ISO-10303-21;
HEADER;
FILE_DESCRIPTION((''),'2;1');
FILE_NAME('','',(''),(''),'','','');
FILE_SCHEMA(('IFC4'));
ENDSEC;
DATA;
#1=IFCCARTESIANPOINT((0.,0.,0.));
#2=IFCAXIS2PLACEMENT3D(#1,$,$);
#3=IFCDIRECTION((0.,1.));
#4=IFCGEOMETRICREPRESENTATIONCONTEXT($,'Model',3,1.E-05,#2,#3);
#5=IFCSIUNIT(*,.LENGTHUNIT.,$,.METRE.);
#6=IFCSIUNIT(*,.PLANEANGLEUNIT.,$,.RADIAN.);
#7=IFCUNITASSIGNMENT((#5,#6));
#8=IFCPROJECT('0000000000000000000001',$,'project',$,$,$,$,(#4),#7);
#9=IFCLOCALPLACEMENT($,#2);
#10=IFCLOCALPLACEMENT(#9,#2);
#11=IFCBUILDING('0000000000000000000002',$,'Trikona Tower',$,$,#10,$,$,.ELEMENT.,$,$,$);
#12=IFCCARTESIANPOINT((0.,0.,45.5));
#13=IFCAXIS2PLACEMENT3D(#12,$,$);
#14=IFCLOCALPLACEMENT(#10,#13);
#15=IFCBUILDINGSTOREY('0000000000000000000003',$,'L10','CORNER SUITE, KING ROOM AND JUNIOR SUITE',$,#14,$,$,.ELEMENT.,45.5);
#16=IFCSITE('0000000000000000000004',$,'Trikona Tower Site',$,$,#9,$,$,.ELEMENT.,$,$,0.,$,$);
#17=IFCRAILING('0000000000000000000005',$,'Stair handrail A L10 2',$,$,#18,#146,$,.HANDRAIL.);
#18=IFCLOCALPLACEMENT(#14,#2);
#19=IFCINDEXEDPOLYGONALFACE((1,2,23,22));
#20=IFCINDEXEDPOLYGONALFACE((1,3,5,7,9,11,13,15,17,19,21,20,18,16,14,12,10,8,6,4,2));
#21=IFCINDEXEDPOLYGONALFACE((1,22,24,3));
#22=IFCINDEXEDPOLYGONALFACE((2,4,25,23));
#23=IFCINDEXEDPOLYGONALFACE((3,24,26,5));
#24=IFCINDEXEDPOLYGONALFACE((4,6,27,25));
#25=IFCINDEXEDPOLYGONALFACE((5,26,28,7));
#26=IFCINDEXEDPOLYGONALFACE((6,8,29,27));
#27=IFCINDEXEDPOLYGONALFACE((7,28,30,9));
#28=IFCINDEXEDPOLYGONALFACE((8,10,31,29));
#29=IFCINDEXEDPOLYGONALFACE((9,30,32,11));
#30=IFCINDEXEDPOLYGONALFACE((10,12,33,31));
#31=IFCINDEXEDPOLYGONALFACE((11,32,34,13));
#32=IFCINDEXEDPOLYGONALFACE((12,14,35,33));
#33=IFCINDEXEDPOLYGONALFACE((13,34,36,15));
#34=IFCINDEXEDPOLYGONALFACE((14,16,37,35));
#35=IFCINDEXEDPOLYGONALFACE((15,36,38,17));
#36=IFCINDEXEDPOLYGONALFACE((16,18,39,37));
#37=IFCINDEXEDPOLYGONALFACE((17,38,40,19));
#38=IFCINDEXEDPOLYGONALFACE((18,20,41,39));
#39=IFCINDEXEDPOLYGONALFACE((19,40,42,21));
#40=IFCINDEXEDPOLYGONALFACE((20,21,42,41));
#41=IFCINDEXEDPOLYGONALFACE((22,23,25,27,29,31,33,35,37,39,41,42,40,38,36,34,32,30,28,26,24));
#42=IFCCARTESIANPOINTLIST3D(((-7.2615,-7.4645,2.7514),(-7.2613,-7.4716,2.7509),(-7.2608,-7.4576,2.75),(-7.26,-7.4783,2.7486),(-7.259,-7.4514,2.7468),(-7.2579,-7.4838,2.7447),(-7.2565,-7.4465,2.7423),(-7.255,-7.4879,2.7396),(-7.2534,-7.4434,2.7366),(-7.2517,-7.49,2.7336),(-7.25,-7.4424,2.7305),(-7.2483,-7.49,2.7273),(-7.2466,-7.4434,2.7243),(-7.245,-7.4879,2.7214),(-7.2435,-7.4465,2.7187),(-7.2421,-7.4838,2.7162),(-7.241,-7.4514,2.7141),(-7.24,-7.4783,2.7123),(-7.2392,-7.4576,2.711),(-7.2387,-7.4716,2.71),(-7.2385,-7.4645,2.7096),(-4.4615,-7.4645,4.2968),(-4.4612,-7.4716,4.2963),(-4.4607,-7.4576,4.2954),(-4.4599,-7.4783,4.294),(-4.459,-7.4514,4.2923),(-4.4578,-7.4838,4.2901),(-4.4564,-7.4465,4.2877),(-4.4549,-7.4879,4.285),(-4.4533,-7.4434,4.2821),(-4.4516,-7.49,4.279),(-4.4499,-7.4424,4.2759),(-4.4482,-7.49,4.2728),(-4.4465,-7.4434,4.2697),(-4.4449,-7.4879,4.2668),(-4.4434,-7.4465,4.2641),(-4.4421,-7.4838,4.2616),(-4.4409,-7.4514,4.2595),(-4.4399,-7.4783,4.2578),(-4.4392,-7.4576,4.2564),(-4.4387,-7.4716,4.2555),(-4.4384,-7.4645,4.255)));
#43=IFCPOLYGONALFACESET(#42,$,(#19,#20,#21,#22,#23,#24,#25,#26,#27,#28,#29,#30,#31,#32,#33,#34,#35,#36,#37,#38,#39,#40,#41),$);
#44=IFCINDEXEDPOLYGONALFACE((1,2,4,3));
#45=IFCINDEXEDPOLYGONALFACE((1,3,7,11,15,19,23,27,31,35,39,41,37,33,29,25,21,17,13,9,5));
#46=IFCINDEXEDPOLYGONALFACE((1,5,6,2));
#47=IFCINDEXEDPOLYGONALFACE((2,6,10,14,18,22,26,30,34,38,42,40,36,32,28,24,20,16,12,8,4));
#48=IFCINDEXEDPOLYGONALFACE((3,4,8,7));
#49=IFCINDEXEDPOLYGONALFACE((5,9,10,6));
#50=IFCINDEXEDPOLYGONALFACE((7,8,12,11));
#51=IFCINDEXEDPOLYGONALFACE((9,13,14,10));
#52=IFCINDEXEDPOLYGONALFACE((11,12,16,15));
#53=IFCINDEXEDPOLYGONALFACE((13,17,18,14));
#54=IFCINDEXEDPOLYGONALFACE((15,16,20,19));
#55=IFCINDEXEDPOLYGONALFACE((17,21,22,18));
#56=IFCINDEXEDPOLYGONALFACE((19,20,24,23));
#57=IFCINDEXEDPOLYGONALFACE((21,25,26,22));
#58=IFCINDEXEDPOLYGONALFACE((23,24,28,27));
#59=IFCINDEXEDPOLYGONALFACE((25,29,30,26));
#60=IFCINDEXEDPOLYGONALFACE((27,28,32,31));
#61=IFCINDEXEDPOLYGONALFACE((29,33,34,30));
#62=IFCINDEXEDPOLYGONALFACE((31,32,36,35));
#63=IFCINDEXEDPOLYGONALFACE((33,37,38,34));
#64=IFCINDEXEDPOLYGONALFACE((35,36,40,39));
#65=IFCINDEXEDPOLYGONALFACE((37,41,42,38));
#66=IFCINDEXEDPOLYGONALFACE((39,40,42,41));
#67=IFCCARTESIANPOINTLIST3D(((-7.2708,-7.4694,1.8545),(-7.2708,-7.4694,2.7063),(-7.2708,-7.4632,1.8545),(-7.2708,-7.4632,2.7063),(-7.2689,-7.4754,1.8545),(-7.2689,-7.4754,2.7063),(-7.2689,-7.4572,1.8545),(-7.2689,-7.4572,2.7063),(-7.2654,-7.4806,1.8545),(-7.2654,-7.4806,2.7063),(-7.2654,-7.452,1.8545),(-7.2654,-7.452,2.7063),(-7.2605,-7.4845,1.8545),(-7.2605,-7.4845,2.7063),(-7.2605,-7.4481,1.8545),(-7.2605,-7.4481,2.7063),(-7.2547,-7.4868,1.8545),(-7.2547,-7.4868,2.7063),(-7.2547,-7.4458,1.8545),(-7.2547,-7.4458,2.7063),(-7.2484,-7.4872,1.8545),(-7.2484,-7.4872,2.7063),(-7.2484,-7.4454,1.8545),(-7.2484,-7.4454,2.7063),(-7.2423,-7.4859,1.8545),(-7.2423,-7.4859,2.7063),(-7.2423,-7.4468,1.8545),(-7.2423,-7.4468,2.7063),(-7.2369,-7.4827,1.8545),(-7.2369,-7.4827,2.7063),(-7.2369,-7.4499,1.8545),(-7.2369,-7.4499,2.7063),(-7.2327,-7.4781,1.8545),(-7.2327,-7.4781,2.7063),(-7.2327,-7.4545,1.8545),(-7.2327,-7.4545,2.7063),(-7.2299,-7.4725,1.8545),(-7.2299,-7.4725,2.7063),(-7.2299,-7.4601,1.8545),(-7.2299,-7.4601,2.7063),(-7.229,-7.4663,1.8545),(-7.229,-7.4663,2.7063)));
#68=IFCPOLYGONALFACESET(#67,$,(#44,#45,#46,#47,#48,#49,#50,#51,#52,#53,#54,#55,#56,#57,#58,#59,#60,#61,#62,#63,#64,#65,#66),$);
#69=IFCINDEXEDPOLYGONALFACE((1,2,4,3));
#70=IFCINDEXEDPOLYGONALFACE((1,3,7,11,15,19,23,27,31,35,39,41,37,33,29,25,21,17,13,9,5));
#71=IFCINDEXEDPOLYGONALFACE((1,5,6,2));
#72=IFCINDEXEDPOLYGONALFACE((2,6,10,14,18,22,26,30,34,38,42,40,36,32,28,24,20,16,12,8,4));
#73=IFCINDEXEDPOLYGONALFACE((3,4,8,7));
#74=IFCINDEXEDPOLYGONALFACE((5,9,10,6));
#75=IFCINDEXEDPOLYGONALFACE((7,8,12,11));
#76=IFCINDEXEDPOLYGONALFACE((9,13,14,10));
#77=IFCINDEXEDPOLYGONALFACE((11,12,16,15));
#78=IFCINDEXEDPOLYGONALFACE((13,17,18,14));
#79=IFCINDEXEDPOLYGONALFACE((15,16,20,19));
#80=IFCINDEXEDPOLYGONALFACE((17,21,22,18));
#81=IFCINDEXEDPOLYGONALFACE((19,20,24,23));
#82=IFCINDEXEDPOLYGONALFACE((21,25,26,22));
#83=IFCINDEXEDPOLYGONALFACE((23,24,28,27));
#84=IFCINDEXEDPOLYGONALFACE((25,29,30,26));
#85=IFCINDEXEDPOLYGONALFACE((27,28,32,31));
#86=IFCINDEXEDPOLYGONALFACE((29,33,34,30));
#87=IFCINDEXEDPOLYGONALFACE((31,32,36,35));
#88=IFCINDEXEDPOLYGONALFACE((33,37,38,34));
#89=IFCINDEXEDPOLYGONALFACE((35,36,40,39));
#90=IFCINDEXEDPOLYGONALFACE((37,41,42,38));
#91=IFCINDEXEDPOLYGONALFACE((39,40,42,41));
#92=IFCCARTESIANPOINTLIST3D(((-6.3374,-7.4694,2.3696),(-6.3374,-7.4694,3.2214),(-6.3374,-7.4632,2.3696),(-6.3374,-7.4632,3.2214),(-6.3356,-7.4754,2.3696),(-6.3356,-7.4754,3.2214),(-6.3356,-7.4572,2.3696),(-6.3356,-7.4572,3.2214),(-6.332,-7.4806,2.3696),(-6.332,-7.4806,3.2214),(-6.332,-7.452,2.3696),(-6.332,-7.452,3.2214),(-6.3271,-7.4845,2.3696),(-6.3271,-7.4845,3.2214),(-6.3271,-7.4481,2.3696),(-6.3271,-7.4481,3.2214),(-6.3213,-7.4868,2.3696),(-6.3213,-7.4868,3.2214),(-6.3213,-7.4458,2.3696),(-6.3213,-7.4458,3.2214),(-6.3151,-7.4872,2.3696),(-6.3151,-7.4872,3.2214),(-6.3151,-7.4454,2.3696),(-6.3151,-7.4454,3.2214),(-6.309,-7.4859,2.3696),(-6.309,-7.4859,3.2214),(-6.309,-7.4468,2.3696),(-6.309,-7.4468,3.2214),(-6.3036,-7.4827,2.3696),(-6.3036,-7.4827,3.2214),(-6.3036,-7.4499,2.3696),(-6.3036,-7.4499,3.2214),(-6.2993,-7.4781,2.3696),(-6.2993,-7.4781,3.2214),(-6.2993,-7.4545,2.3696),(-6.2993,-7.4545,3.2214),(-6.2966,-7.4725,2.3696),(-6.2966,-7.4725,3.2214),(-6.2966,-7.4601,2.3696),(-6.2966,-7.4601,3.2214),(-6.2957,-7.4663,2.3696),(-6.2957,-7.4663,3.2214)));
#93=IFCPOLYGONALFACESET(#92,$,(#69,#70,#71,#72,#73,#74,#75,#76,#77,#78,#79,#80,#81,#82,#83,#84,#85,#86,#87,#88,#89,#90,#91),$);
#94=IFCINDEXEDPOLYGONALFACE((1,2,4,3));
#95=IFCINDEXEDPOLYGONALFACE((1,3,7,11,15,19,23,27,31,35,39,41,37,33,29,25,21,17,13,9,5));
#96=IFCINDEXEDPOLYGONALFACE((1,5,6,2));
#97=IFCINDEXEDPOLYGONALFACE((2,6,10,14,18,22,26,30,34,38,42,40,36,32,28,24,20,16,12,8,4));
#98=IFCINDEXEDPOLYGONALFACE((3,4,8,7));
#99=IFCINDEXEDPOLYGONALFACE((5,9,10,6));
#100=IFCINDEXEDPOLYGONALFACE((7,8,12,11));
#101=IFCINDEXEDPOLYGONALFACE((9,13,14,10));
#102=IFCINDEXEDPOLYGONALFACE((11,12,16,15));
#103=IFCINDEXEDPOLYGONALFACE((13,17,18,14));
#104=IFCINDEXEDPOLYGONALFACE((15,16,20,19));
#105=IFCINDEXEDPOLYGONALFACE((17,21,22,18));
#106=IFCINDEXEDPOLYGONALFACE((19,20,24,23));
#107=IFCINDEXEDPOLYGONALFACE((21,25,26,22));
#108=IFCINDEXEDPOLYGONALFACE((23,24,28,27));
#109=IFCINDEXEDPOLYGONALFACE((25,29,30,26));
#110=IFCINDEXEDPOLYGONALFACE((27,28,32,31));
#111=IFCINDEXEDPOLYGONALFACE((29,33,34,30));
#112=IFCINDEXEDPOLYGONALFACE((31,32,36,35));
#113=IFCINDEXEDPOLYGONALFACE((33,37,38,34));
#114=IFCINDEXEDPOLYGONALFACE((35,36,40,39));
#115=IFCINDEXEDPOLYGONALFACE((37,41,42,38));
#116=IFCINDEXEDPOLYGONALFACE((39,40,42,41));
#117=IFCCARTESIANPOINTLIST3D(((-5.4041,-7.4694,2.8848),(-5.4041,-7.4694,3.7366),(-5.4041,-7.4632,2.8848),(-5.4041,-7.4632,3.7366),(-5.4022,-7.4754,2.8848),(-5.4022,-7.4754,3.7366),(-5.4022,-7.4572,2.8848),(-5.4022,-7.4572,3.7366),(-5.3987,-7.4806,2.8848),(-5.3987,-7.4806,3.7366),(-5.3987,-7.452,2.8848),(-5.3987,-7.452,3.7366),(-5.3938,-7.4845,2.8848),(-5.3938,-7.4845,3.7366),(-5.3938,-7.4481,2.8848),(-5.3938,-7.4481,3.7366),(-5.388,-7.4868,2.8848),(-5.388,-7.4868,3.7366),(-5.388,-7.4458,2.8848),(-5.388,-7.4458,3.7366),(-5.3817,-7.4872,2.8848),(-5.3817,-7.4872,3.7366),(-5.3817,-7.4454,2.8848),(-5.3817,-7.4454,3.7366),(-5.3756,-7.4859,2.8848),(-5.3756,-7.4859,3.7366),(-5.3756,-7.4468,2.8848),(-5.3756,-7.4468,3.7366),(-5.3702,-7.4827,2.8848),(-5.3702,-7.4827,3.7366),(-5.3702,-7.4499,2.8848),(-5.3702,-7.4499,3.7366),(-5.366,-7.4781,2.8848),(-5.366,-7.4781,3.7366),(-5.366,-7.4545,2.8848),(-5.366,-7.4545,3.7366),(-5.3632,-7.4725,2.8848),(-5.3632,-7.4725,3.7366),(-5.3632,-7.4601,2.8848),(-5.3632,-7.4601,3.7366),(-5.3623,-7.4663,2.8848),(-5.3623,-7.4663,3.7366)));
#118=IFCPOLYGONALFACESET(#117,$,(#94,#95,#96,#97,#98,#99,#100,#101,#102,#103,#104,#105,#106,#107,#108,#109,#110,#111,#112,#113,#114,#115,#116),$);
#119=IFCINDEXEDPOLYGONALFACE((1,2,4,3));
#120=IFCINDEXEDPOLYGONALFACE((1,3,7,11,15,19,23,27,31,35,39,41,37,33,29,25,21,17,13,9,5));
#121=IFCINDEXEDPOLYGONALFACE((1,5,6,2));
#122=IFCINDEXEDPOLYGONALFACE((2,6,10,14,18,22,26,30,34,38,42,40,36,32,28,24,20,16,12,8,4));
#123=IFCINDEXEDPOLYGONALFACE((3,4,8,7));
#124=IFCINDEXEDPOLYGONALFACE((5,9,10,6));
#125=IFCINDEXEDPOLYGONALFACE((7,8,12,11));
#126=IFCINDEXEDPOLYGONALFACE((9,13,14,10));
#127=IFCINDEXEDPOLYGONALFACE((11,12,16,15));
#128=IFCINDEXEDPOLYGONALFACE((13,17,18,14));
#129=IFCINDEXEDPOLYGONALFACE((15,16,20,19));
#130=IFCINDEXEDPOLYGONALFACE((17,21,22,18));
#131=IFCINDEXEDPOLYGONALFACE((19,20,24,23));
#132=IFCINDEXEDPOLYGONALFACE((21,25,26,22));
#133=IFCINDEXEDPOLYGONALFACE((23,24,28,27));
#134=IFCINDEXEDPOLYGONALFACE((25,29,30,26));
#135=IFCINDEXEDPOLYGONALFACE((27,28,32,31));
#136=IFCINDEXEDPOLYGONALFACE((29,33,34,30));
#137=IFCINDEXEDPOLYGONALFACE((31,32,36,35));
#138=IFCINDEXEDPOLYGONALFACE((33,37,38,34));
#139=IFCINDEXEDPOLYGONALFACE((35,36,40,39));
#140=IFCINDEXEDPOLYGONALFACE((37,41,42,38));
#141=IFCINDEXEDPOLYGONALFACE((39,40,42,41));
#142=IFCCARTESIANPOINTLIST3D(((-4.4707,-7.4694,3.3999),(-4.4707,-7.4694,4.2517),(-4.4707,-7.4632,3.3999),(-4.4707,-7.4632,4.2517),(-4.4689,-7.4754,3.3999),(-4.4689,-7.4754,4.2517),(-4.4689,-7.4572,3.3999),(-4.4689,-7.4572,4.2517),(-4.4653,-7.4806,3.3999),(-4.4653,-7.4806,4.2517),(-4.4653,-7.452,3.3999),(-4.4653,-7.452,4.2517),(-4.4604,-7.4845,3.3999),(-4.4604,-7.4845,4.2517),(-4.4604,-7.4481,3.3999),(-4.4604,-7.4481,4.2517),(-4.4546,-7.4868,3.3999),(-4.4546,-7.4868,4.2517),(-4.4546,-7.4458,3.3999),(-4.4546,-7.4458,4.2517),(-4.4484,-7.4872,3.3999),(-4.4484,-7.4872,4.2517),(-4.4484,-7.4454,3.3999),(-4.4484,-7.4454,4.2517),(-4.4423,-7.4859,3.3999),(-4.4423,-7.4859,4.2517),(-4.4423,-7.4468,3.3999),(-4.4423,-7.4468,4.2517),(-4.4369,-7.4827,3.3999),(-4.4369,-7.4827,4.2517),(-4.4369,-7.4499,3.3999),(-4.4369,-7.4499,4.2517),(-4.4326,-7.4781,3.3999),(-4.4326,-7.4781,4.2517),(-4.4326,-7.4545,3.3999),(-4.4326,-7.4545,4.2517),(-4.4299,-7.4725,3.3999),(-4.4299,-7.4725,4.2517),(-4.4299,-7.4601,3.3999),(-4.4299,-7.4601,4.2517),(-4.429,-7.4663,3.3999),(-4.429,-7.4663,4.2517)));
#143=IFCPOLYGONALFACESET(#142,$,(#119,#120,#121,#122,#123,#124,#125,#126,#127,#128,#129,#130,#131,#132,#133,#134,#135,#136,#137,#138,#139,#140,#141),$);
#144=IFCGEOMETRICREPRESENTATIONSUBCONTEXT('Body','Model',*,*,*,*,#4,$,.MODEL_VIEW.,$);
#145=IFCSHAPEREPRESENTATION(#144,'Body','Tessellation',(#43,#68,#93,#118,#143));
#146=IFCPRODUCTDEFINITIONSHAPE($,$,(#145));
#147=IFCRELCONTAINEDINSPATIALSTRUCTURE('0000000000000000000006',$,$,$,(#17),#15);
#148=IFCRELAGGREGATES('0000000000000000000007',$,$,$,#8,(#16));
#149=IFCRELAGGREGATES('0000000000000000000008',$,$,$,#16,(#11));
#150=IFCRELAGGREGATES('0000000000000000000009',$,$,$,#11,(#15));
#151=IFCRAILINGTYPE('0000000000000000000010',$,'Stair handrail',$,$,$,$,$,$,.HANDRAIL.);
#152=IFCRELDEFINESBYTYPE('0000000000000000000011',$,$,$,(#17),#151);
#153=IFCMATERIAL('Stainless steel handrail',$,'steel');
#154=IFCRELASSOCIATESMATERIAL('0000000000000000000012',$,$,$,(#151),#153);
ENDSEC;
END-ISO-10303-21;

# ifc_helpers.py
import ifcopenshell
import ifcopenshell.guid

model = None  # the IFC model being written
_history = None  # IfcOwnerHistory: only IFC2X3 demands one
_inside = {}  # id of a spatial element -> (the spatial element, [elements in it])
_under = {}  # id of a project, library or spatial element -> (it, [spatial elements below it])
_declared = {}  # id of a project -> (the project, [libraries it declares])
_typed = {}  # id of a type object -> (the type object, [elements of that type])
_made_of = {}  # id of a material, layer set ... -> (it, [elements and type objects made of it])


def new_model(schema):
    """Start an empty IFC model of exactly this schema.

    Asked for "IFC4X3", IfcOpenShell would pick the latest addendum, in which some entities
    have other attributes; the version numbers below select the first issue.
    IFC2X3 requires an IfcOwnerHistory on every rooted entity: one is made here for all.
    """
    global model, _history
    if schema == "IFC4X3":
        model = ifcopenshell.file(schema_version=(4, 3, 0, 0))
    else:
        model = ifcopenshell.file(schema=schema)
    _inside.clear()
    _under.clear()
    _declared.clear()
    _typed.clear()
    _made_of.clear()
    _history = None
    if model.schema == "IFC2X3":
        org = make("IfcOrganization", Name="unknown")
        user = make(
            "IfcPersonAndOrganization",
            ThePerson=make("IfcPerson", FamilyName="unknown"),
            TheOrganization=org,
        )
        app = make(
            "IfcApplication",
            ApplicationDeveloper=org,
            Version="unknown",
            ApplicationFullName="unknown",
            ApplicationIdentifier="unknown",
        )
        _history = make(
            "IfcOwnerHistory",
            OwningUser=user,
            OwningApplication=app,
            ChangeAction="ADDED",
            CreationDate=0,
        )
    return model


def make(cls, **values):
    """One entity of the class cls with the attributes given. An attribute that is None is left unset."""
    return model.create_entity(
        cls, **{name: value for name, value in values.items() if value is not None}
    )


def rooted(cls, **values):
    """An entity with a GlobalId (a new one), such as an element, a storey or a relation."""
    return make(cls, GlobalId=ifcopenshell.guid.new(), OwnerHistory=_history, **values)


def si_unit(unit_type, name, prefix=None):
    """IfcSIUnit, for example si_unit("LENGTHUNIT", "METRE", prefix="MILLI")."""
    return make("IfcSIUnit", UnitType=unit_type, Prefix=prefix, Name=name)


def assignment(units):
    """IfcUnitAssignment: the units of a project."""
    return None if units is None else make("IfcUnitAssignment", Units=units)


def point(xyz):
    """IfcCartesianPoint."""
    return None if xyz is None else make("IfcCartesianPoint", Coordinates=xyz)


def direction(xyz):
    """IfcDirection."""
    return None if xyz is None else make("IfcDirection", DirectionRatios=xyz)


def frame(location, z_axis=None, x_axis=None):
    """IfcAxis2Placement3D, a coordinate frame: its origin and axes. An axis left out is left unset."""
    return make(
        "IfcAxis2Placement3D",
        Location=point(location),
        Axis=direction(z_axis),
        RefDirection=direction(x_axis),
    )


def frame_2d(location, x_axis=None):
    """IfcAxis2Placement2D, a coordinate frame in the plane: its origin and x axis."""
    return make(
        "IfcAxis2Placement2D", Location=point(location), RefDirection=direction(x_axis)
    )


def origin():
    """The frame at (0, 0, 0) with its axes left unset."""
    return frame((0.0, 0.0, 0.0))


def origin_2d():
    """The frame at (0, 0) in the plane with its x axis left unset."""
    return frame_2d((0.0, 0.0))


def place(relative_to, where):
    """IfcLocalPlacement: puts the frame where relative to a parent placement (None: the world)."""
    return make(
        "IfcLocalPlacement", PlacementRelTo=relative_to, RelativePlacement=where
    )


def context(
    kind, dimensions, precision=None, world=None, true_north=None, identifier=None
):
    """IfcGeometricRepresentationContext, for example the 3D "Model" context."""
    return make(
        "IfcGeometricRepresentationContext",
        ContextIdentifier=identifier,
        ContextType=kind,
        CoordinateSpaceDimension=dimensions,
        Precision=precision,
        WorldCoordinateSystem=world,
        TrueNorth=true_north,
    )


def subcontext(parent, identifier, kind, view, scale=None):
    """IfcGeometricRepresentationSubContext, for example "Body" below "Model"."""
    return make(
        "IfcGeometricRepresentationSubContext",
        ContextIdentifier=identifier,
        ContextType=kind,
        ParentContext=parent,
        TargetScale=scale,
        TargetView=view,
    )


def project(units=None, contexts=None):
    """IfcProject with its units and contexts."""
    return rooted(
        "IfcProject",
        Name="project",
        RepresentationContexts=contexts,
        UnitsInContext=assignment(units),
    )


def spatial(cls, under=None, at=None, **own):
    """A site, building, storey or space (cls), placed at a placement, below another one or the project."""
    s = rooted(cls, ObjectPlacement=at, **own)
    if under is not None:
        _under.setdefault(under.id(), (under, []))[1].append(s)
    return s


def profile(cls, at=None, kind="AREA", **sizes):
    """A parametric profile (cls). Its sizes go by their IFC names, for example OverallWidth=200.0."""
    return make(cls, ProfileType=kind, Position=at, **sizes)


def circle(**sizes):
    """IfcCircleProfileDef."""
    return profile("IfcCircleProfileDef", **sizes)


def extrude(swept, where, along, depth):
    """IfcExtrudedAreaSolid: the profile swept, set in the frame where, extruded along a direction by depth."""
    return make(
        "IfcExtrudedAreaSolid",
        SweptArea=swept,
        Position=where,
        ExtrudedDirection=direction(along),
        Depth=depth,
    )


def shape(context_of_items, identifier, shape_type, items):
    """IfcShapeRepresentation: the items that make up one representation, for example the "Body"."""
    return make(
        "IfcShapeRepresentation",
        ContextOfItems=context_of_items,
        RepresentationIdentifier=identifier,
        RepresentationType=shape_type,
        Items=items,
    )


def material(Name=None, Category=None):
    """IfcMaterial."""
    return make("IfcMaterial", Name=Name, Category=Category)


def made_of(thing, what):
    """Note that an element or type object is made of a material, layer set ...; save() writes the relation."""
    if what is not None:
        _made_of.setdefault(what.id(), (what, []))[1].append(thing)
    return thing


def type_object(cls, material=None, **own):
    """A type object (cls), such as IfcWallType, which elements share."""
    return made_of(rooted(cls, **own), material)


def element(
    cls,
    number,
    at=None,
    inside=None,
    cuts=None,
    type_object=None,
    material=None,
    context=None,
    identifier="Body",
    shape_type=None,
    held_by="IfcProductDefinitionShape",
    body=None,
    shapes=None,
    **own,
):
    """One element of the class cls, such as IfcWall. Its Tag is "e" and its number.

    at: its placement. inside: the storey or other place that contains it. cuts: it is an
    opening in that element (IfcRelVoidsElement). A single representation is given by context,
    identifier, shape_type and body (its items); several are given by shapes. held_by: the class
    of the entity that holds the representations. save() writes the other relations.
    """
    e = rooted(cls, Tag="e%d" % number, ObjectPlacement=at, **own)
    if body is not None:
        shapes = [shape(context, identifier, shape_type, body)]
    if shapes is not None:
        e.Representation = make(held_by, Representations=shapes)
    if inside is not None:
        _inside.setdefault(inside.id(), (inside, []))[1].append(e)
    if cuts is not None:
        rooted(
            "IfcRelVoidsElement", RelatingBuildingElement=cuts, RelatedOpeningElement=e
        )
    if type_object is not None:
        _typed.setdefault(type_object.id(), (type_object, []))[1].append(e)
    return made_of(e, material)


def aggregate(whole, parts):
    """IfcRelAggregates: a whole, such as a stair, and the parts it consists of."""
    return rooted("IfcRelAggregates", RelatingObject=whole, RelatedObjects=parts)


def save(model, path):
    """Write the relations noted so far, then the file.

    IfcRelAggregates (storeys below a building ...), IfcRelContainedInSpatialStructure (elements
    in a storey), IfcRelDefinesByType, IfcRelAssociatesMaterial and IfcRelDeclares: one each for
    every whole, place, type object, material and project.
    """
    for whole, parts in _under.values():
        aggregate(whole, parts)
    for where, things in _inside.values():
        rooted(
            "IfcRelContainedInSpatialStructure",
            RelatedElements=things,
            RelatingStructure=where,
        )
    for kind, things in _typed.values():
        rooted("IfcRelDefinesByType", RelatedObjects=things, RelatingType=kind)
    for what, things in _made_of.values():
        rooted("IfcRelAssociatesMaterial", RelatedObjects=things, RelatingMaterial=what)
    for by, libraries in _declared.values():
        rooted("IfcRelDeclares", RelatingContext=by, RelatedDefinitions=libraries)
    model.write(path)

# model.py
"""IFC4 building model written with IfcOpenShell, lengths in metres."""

from ifc_helpers import new_model, si_unit, direction, frame, origin, origin_2d, place, context, subcontext, project, spatial, circle, extrude, material, type_object, element, save


model = new_model("IFC4")

# Units and contexts
model_context = context("Model", 3, precision=1e-05, world=origin(), true_north=direction((0.0, 1.0)))
body_context = subcontext(model_context, "Body", "Model", "MODEL_VIEW")
ifc_project = project(units=[si_unit("LENGTHUNIT", "METRE"), si_unit("PLANEANGLEUNIT", "RADIAN")], contexts=[model_context])

# Site, building, storey
site_placement = place(None, origin())
site = spatial("IfcSite", under=ifc_project, at=site_placement, Name="Trikona Tower Site", CompositionType="ELEMENT", RefElevation=0.0)
building_placement = place(site_placement, origin())
building = spatial("IfcBuilding", under=site, at=building_placement, Name="Trikona Tower", CompositionType="ELEMENT")
storey_placement = place(building_placement, frame((0.0, 0.0, 45.5)))
storey = spatial("IfcBuildingStorey", under=building, at=storey_placement, Name="L10", Description="CORNER SUITE, KING ROOM AND JUNIOR SUITE", CompositionType="ELEMENT", Elevation=45.5)

# Railing
ifc_material_1 = material(Name="Stainless steel handrail", Category="steel")
railing_type = type_object("IfcRailingType", Name="Stair handrail", PredefinedType="HANDRAIL", material=ifc_material_1)
railing_placement = place(storey_placement, frame((-7.25, -7.4663, 1.8545)))
element("IfcRailing", 1, at=railing_placement, inside=storey, type_object=railing_type, Name="Stair handrail A L10 2", PredefinedType="HANDRAIL", context=body_context, shape_type="SweptSolid", body=[
    extrude(circle(Radius=0.0239, at=origin_2d()), frame((0.0, 0.0, 0.876), z_axis=(0.875504, 0.0, 0.483211), x_axis=(0.0, 1.0, 0.0)), (0.0, 0.0, 1.0), 3.1982),
    extrude(circle(Radius=0.021, at=origin_2d()), origin(), (0.0, 0.0, 1.0), 0.8518),
    extrude(circle(Radius=0.021, at=origin_2d()), frame((0.9333, 0.0, 0.5151)), (0.0, 0.0, 1.0), 0.8518),
    extrude(circle(Radius=0.021, at=origin_2d()), frame((1.8667, 0.0, 1.0303)), (0.0, 0.0, 1.0), 0.8518),
    extrude(circle(Radius=0.021, at=origin_2d()), frame((2.8, 0.0, 1.5454)), (0.0, 0.0, 1.0), 0.8518),
])

save(model, "model.ifc")
